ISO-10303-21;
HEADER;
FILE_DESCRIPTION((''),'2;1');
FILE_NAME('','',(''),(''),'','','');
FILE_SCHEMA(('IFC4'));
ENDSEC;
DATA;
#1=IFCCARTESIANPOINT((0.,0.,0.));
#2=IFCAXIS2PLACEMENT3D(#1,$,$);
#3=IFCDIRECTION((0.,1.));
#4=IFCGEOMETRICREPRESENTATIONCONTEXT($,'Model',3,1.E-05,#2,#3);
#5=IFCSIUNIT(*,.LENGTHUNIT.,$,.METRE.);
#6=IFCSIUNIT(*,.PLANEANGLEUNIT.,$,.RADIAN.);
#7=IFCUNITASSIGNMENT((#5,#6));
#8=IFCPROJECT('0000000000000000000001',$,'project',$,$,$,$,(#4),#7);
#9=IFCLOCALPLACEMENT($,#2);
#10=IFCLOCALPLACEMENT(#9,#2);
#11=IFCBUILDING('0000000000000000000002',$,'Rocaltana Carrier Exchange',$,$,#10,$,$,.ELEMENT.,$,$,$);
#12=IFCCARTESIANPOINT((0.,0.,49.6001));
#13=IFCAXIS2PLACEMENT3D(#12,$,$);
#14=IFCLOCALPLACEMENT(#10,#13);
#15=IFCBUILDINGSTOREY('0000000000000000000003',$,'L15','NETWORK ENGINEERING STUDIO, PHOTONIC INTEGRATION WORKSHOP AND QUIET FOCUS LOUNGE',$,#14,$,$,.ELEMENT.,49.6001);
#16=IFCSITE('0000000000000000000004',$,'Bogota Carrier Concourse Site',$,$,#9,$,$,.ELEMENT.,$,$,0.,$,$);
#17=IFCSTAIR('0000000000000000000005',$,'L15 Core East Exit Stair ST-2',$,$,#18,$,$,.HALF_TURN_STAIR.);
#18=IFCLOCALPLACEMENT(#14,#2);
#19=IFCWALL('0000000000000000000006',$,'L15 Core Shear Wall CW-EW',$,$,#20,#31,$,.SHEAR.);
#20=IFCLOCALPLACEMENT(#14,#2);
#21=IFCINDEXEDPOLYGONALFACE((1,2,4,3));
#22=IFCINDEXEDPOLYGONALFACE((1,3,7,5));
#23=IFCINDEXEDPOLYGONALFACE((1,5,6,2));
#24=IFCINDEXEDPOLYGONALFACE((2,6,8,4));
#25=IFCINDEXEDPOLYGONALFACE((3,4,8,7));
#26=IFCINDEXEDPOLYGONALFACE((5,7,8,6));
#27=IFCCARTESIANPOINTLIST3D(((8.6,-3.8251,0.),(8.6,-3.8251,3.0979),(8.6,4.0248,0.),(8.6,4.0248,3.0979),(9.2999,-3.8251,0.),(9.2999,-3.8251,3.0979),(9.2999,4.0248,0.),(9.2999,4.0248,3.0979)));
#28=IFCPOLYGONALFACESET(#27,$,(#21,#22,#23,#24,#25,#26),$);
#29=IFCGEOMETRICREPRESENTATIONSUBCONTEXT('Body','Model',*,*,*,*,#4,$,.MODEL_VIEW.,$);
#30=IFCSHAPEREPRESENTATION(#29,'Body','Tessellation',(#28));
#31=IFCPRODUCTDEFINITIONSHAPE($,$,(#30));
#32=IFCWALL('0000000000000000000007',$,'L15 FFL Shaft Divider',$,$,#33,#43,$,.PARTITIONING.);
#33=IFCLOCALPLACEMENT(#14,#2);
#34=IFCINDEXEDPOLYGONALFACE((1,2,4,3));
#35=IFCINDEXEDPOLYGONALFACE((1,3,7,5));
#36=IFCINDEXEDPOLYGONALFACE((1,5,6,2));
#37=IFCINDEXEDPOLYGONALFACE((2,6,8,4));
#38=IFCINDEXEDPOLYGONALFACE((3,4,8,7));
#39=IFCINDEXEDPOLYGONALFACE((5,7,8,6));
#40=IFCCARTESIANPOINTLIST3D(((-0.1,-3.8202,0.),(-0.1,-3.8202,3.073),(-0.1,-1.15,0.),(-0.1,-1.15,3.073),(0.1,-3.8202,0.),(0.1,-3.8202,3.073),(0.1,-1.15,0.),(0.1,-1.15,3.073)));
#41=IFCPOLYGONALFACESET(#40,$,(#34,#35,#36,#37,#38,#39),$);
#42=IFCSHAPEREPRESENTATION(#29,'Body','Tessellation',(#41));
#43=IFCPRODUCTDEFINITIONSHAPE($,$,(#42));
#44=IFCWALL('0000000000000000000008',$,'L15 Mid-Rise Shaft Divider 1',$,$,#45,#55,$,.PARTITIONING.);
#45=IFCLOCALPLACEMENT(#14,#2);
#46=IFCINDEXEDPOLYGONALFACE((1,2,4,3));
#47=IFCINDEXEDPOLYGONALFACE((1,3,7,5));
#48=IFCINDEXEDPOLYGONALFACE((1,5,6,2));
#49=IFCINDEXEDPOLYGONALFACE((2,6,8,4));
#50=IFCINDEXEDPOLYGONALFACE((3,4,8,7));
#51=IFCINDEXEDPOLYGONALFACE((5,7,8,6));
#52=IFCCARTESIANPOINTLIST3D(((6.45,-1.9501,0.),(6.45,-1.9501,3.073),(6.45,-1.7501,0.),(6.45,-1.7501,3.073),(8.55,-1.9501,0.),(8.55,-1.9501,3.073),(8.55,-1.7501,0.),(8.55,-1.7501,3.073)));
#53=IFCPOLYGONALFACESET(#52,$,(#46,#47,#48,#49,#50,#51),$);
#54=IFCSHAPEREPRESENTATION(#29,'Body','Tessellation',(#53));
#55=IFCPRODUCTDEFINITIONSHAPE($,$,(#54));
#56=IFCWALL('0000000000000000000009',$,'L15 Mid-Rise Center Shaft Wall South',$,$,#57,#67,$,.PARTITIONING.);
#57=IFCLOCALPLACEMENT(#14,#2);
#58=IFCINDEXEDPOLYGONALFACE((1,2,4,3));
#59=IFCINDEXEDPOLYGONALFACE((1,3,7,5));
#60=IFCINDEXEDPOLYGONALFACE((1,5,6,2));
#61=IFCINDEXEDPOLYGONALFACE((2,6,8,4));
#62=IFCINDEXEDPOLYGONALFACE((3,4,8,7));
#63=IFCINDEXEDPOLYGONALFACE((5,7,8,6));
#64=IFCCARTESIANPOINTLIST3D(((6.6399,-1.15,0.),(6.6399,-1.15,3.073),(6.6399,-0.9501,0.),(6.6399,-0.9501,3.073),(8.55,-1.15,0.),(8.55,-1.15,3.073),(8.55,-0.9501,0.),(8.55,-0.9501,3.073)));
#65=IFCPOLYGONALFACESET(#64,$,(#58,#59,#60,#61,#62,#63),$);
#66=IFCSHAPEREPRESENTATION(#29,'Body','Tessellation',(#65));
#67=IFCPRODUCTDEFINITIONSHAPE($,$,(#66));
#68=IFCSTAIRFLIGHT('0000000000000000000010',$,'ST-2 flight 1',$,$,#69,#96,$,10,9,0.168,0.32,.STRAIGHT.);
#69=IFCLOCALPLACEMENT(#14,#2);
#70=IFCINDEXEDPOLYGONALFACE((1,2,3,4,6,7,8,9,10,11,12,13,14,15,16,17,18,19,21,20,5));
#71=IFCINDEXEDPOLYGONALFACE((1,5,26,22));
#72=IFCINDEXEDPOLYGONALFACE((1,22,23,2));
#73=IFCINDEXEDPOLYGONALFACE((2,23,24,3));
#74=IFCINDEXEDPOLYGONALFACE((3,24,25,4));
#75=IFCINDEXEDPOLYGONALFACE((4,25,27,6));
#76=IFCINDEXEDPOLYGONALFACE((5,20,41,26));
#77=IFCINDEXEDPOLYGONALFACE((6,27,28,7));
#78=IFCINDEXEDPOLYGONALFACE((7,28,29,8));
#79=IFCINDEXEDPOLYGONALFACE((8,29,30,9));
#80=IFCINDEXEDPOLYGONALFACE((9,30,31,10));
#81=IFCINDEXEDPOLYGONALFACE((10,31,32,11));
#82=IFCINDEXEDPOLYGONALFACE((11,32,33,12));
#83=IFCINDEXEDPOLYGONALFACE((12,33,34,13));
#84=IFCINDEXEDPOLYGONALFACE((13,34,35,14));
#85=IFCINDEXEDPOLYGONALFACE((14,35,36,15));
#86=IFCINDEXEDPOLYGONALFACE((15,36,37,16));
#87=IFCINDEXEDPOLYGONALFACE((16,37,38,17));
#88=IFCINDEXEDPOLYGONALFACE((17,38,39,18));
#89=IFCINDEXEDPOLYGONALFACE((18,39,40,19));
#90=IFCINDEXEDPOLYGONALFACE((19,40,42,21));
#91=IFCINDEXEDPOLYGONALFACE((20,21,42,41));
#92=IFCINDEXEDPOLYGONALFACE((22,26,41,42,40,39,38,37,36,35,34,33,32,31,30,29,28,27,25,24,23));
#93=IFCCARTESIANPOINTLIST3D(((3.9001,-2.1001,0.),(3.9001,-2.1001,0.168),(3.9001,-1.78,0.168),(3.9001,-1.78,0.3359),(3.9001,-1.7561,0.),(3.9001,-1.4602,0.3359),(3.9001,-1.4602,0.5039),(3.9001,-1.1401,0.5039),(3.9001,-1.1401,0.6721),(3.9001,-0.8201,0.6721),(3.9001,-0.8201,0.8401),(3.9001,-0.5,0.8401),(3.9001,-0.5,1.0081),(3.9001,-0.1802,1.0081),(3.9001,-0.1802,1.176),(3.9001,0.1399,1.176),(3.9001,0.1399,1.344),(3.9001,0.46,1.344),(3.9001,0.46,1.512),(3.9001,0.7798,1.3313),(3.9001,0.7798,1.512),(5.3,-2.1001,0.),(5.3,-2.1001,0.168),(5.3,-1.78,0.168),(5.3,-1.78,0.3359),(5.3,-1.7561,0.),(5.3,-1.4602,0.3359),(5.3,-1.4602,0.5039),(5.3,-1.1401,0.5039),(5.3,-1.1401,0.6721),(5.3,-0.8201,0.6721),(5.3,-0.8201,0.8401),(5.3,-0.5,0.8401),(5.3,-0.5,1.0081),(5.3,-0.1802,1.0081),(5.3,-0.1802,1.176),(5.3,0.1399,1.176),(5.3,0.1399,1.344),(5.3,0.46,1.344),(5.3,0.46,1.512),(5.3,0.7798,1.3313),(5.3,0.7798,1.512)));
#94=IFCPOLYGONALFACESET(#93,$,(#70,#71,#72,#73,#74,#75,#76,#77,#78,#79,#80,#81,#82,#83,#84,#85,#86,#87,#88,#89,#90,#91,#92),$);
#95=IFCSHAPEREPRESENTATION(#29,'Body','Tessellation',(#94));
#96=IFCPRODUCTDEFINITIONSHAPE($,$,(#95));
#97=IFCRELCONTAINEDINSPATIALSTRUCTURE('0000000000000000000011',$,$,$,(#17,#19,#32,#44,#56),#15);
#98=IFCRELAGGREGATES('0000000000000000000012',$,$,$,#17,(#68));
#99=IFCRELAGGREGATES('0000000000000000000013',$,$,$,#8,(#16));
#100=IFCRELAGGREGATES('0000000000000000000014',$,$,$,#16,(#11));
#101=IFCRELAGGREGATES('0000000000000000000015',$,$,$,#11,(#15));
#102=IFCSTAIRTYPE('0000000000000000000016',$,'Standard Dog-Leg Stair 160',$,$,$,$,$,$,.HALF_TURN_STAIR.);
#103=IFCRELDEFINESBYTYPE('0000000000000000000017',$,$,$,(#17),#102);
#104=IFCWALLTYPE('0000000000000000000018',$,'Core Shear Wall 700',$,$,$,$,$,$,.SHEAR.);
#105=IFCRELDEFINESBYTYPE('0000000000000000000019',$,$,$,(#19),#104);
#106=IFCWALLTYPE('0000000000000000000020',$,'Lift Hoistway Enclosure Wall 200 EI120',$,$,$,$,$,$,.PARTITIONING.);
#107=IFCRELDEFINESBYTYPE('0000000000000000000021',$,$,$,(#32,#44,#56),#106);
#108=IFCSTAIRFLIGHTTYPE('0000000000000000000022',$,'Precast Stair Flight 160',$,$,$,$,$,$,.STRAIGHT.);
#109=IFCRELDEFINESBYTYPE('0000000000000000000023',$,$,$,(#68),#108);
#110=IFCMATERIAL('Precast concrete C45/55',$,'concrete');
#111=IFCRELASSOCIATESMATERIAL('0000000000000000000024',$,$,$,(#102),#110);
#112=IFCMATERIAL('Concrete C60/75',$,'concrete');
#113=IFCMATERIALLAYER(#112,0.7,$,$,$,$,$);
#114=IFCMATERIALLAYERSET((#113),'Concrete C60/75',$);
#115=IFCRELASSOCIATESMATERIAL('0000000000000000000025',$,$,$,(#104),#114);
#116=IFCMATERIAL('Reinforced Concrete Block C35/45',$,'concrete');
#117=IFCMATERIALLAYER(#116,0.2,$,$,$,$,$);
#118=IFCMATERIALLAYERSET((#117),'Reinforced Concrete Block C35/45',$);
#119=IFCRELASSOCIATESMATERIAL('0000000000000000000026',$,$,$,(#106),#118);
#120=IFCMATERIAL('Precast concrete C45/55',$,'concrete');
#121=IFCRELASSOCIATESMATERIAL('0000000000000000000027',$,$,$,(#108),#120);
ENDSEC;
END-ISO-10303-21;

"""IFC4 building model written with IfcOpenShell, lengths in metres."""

from ifc_helpers import new_model, si_unit, direction, frame, frame_2d, origin, place, context, subcontext, project, spatial, polyline, rectangle, outline, extrude, material, layer, layer_set, type_object, element, aggregate, save


model = new_model("IFC4")

# Units and contexts
model_context = context("Model", 3, precision=1e-05, world=origin(), true_north=direction((0.0, 1.0)))
body_context = subcontext(model_context, "Body", "Model", "MODEL_VIEW")
ifc_project = project(units=[si_unit("LENGTHUNIT", "METRE"), si_unit("PLANEANGLEUNIT", "RADIAN")], contexts=[model_context])

# Site, building, storey
site_placement = place(None, origin())
site = spatial("IfcSite", under=ifc_project, at=site_placement, Name="Bogota Carrier Concourse Site", CompositionType="ELEMENT", RefElevation=0.0)
building_placement = place(site_placement, origin())
building = spatial("IfcBuilding", under=site, at=building_placement, Name="Rocaltana Carrier Exchange", CompositionType="ELEMENT")
storey_placement = place(building_placement, frame((0.0, 0.0, 49.6001)))
storey = spatial("IfcBuildingStorey", under=building, at=storey_placement, Name="L15", Description="NETWORK ENGINEERING STUDIO, PHOTONIC INTEGRATION WORKSHOP AND QUIET FOCUS LOUNGE", CompositionType="ELEMENT", Elevation=49.6001)

# Stair
ifc_material_1 = material(Name="Precast concrete C45/55", Category="concrete")
stair_type = type_object("IfcStairType", Name="Standard Dog-Leg Stair 160", PredefinedType="HALF_TURN_STAIR", material=ifc_material_1)
stair_1_placement = place(storey_placement, origin())
stair_1 = element("IfcStair", 1, at=stair_1_placement, inside=storey, type_object=stair_type, Name="L15 Core East Exit Stair ST-2", PredefinedType="HALF_TURN_STAIR")

# Walls
ifc_material_2 = material(Name="Concrete C60/75", Category="concrete")
ifc_layer_1 = layer(ifc_material_2, 0.7)
ifc_layer_set_1 = layer_set([ifc_layer_1], Name="Concrete C60/75")
wall_type_1 = type_object("IfcWallType", Name="Core Shear Wall 700", PredefinedType="SHEAR", material=ifc_layer_set_1)
wall_1_placement = place(storey_placement, frame((8.95, -3.825, 0.0), z_axis=(0.0, 0.0, 1.0), x_axis=(0.0, 1.0, 0.0)))
element("IfcWall", 2, at=wall_1_placement, inside=storey, type_object=wall_type_1, Name="L15 Core Shear Wall CW-EW", PredefinedType="SHEAR", context=body_context, shape_type="SweptSolid", body=[
    extrude(rectangle(XDim=7.8499, YDim=0.7, at=frame_2d((3.9248, 0.0))), origin(), (0.0, 0.0, 1.0), 3.0979),
])
ifc_material_3 = material(Name="Reinforced Concrete Block C35/45", Category="concrete")
ifc_layer_2 = layer(ifc_material_3, 0.2)
ifc_layer_set_2 = layer_set([ifc_layer_2], Name="Reinforced Concrete Block C35/45")
wall_type_2 = type_object("IfcWallType", Name="Lift Hoistway Enclosure Wall 200 EI120", PredefinedType="PARTITIONING", material=ifc_layer_set_2)
wall_2_placement = place(storey_placement, frame((0.0, -3.8201, 0.0), z_axis=(0.0, 0.0, 1.0), x_axis=(0.0, 1.0, 0.0)))
element("IfcWall", 3, at=wall_2_placement, inside=storey, type_object=wall_type_2, Name="L15 FFL Shaft Divider", PredefinedType="PARTITIONING", context=body_context, shape_type="SweptSolid", body=[
    extrude(rectangle(XDim=2.6702, YDim=0.2, at=frame_2d((1.335, 0.0))), origin(), (0.0, 0.0, 1.0), 3.073),
])
wall_3_placement = place(storey_placement, frame((6.45, -1.8501, 0.0), z_axis=(0.0, 0.0, 1.0), x_axis=(1.0, 0.0, 0.0)))
element("IfcWall", 4, at=wall_3_placement, inside=storey, type_object=wall_type_2, Name="L15 Mid-Rise Shaft Divider 1", PredefinedType="PARTITIONING", context=body_context, shape_type="SweptSolid", body=[
    extrude(rectangle(XDim=2.1001, YDim=0.2, at=frame_2d((1.05, 0.0))), origin(), (0.0, 0.0, 1.0), 3.073),
])
wall_4_placement = place(storey_placement, frame((6.6399, -1.05, 0.0), z_axis=(0.0, 0.0, 1.0), x_axis=(1.0, 0.0, 0.0)))
element("IfcWall", 5, at=wall_4_placement, inside=storey, type_object=wall_type_2, Name="L15 Mid-Rise Center Shaft Wall South", PredefinedType="PARTITIONING", context=body_context, shape_type="SweptSolid", body=[
    extrude(rectangle(XDim=1.9102, YDim=0.2, at=frame_2d((0.9551, 0.0))), origin(), (0.0, 0.0, 1.0), 3.073),
])

# Stair flight
ifc_material_4 = material(Name="Precast concrete C45/55", Category="concrete")
stair_flight_type = type_object("IfcStairFlightType", Name="Precast Stair Flight 160", PredefinedType="STRAIGHT", material=ifc_material_4)
stair_flight_placement = place(storey_placement, frame((4.6001, -2.1001, 0.0), z_axis=(0.0, 0.0, 1.0), x_axis=(0.0, 1.0, 0.0)))
stair_flight = element("IfcStairFlight", 6, at=stair_flight_placement, type_object=stair_flight_type, Name="ST-2 flight 1", NumberOfRisers=10, NumberOfTreads=9, PredefinedType="STRAIGHT", RiserHeight=0.168, TreadLength=0.32, context=body_context, shape_type="SweptSolid", body=[
    extrude(outline(polyline([(0.0, 0.0), (0.0, 0.168), (0.3201, 0.168), (0.3201, 0.3359), (0.6399, 0.3359), (0.6399, 0.5039), (0.96, 0.5039), (0.96, 0.6721), (1.28, 0.6721), (1.28, 0.8401), (1.6001, 0.8401), (1.6001, 1.0081), (1.9199, 1.0081), (1.9199, 1.176), (2.24, 1.176), (2.24, 1.344), (2.5601, 1.344), (2.5601, 1.512), (2.8799, 1.512), (2.8799, 1.6799), (2.8799, 1.3313), (0.344, 0.0), (0.0, 0.0)])), frame((0.0, 0.7, 0.0), z_axis=(0.0, -1.0, 0.0), x_axis=(1.0, 0.0, 0.0)), (0.0, 0.0, 1.0), 1.3999),
])
aggregate(stair_1, [stair_flight])

save(model, "model.ifc")
